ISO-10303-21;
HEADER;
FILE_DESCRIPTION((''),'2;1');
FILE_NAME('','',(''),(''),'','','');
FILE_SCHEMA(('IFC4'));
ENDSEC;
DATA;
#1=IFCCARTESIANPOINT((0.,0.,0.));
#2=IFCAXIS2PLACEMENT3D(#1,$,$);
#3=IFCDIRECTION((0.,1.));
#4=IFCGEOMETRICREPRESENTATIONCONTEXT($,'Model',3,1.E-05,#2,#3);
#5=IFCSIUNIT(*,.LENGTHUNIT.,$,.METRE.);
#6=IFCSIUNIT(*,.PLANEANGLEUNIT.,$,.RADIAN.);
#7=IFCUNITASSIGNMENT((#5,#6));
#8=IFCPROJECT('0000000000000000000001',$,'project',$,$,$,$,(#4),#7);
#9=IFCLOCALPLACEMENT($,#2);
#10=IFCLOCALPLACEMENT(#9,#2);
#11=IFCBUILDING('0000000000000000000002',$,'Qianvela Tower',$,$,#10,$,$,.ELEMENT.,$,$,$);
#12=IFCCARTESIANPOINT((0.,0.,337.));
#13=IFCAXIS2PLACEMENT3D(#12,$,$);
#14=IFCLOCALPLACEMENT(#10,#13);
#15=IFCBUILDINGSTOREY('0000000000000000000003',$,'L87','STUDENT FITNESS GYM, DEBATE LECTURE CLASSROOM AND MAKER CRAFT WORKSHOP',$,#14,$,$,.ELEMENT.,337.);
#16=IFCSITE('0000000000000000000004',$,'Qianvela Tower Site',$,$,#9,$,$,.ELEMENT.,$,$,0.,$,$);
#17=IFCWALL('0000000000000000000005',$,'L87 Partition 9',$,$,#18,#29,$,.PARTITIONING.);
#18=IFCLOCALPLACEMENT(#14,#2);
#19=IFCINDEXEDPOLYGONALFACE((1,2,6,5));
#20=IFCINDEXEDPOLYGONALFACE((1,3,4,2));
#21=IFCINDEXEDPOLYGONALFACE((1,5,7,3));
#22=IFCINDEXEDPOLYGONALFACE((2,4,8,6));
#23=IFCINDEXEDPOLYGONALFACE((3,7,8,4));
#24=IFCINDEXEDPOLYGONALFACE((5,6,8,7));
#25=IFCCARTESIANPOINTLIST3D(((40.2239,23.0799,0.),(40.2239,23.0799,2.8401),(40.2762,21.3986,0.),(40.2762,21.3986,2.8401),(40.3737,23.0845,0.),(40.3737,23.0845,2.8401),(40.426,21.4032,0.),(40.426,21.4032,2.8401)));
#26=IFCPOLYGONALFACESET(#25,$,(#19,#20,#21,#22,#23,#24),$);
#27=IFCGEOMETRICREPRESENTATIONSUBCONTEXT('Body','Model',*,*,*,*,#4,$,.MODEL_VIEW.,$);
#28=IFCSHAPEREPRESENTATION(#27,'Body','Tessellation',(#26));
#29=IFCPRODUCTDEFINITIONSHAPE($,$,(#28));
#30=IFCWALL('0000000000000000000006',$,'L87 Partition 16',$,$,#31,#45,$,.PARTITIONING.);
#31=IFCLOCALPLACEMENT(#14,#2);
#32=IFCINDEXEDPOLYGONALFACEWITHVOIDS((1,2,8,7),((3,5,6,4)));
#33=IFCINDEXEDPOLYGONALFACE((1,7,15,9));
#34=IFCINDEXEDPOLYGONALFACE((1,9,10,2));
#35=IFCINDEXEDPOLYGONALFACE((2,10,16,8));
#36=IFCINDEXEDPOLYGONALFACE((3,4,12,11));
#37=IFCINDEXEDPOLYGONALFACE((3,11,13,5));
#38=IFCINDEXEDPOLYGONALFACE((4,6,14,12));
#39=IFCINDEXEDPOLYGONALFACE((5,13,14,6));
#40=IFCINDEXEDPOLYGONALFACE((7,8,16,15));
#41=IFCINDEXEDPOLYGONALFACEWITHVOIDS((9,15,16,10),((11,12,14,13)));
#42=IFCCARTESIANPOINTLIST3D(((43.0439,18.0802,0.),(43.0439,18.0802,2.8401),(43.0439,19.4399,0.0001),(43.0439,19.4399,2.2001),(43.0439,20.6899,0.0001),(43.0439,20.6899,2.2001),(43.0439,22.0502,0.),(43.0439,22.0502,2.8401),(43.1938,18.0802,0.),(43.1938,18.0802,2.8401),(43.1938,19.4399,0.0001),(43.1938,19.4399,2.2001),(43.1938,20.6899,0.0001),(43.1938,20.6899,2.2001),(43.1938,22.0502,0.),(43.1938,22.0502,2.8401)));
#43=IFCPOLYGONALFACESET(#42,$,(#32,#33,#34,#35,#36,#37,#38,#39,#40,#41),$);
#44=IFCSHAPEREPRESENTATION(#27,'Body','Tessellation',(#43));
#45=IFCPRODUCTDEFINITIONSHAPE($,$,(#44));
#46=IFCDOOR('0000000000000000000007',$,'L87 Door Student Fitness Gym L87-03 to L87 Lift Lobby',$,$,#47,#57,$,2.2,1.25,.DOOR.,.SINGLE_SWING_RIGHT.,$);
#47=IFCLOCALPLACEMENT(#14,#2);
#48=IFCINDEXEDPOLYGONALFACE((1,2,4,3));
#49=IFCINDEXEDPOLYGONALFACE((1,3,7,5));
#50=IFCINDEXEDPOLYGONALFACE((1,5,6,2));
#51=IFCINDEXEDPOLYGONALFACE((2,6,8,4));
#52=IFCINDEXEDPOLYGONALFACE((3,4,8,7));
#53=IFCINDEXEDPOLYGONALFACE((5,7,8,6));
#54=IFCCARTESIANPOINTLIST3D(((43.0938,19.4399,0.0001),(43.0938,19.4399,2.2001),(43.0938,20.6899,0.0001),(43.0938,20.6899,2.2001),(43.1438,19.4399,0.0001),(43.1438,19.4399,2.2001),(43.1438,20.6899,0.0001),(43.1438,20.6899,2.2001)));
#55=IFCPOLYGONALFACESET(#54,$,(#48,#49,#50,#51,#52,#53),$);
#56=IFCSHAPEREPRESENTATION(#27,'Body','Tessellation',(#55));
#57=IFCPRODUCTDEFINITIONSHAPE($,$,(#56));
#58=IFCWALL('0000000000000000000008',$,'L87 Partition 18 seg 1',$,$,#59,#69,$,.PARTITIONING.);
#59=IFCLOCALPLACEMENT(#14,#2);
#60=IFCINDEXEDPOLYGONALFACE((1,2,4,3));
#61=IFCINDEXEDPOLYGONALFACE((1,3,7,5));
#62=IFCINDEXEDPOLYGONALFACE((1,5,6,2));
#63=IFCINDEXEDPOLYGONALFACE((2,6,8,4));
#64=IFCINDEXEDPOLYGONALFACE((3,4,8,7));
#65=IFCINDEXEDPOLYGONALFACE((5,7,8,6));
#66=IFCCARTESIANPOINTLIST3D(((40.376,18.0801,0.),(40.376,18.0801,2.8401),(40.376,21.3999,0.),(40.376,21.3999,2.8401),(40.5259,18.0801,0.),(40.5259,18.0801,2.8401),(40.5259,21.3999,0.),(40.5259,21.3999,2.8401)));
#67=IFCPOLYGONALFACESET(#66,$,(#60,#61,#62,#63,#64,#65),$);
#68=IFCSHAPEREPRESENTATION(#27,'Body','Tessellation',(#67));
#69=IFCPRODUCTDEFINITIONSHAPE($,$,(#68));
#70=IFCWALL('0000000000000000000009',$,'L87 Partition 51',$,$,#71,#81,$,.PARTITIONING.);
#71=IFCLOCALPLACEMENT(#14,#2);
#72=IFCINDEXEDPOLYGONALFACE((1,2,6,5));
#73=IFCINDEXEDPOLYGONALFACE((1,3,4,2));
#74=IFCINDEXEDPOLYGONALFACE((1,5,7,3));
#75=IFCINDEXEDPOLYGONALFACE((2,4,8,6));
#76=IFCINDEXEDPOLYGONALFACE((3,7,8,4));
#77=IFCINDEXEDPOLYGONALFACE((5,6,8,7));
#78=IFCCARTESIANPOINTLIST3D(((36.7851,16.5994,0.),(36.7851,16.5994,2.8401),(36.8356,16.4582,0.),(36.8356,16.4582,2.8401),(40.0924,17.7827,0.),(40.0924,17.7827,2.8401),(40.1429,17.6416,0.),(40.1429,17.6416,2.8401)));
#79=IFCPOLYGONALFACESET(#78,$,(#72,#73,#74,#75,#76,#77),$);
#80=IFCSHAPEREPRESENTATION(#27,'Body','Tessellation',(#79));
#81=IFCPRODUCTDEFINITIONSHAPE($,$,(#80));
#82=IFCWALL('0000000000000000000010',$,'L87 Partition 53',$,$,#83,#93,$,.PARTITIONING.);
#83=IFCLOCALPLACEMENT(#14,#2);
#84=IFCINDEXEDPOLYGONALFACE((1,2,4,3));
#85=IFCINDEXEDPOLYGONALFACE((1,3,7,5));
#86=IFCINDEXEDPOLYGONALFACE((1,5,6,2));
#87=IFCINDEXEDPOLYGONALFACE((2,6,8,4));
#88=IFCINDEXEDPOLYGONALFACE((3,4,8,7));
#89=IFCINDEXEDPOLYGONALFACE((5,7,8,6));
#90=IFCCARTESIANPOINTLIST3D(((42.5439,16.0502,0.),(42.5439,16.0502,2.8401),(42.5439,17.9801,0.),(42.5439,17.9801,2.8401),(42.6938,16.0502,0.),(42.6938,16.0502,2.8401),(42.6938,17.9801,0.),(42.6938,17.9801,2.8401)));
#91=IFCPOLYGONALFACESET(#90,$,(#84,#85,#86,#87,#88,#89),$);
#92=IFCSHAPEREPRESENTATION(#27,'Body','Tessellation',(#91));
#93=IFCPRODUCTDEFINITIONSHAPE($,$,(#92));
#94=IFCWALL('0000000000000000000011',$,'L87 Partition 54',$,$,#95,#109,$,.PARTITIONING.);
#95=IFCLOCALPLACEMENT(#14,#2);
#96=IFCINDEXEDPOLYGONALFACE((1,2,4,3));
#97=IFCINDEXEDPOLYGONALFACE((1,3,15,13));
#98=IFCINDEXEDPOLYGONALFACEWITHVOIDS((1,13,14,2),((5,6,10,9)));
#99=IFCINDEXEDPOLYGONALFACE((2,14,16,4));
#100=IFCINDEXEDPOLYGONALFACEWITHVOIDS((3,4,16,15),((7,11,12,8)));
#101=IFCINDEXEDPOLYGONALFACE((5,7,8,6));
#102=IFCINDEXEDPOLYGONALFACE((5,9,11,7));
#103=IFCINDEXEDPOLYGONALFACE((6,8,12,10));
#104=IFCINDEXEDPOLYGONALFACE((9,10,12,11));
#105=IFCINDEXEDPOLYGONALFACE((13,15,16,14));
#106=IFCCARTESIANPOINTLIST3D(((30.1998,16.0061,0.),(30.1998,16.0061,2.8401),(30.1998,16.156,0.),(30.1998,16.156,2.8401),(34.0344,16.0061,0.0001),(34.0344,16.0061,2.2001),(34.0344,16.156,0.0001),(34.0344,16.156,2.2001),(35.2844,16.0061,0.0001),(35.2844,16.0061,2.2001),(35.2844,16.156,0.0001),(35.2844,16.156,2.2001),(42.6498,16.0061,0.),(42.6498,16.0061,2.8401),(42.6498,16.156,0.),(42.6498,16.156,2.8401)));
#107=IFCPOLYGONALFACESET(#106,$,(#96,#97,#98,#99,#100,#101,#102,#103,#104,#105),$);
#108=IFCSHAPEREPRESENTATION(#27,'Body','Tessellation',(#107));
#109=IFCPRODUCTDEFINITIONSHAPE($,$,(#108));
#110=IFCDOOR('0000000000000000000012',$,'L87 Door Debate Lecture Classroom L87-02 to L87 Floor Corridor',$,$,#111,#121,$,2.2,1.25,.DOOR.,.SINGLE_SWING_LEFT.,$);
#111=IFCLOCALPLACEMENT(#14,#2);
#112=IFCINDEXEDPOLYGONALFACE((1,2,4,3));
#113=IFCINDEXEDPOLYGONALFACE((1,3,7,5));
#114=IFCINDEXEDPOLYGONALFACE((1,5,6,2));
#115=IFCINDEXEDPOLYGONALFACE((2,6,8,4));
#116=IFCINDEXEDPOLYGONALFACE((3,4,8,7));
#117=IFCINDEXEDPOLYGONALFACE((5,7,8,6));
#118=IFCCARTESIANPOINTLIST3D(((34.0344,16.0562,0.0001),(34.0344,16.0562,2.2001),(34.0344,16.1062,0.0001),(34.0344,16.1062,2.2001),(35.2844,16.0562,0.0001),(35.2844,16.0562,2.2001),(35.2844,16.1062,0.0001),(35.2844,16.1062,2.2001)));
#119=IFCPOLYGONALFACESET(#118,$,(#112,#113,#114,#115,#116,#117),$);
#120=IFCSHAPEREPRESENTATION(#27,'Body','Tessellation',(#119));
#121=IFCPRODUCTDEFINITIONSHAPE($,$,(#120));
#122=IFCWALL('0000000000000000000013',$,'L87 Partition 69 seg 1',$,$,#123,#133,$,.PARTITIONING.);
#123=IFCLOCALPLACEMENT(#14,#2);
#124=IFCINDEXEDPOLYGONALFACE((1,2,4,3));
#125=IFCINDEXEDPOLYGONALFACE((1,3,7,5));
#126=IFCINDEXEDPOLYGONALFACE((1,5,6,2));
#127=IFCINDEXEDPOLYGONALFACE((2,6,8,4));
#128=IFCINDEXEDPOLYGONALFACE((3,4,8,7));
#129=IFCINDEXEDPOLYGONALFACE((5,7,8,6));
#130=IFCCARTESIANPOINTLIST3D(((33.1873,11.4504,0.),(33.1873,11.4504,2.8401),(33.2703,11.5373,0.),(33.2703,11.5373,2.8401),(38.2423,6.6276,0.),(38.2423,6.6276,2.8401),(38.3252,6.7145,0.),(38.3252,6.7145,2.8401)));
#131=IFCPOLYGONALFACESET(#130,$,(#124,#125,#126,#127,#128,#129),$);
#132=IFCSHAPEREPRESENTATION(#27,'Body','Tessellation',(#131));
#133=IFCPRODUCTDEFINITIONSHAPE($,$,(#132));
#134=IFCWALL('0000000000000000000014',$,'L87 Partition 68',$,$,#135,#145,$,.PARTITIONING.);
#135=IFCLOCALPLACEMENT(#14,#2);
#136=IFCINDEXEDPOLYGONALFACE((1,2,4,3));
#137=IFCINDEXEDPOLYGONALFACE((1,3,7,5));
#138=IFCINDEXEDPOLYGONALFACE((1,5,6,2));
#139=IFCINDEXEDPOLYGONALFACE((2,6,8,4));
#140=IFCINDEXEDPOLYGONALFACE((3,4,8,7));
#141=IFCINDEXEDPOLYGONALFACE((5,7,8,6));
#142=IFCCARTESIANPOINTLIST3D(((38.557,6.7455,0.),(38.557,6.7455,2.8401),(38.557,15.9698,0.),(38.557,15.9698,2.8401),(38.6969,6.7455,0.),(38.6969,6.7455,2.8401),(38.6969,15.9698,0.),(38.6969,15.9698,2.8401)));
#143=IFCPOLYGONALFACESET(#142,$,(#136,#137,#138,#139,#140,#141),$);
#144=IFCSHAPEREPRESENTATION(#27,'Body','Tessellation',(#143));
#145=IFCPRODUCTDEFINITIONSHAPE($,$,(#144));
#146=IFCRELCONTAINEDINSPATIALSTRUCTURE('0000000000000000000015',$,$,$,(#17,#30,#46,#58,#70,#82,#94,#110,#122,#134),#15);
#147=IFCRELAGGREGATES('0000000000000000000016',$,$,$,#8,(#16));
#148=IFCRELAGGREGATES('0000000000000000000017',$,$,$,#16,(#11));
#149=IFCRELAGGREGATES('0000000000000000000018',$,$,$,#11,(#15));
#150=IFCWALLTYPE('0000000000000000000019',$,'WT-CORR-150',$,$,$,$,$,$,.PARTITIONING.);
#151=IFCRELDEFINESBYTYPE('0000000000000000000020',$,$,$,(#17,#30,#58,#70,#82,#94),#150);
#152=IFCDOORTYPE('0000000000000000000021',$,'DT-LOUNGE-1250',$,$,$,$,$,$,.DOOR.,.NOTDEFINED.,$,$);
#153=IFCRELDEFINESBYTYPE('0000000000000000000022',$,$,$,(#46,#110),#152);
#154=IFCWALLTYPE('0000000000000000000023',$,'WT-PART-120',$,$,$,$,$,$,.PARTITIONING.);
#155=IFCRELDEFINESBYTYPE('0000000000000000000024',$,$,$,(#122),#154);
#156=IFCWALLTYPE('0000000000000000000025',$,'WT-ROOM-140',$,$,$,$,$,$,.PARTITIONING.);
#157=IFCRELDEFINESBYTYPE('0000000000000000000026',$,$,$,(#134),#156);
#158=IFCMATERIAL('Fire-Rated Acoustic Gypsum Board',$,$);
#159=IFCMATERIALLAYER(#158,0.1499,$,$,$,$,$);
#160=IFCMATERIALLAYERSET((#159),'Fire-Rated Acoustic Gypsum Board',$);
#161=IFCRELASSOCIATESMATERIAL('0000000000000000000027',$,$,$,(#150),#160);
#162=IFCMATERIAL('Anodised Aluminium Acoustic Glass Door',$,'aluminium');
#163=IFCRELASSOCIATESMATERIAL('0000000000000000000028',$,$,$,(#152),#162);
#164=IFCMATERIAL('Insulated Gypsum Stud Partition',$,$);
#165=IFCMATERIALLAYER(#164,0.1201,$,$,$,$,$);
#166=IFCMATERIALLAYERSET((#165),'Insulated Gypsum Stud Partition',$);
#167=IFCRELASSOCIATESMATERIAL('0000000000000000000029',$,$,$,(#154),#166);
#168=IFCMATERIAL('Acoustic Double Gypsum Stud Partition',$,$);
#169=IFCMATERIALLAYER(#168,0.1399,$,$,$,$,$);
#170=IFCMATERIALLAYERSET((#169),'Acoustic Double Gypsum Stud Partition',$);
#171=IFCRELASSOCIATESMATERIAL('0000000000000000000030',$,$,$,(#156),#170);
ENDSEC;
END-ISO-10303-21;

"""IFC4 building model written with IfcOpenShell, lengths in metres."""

from ifc_helpers import new_model, si_unit, direction, frame, frame_2d, origin, place, context, subcontext, project, spatial, rectangle, extrude, material, layer, layer_set, type_object, element, fill, save


model = new_model("IFC4")

# Units and contexts
model_context = context("Model", 3, precision=1e-05, world=origin(), true_north=direction((0.0, 1.0)))
body_context = subcontext(model_context, "Body", "Model", "MODEL_VIEW")
ifc_project = project(units=[si_unit("LENGTHUNIT", "METRE"), si_unit("PLANEANGLEUNIT", "RADIAN")], contexts=[model_context])

# Site, building, storey
site_placement = place(None, origin())
site = spatial("IfcSite", under=ifc_project, at=site_placement, Name="Qianvela Tower Site", CompositionType="ELEMENT", RefElevation=0.0)
building_placement = place(site_placement, origin())
building = spatial("IfcBuilding", under=site, at=building_placement, Name="Qianvela Tower", CompositionType="ELEMENT")
storey_placement = place(building_placement, frame((0.0, 0.0, 337.0)))
storey = spatial("IfcBuildingStorey", under=building, at=storey_placement, Name="L87", Description="STUDENT FITNESS GYM, DEBATE LECTURE CLASSROOM AND MAKER CRAFT WORKSHOP", CompositionType="ELEMENT", Elevation=337.0)

# Wall
ifc_material_1 = material(Name="Fire-Rated Acoustic Gypsum Board")
ifc_layer_1 = layer(ifc_material_1, 0.1499)
ifc_layer_set_1 = layer_set([ifc_layer_1], Name="Fire-Rated Acoustic Gypsum Board")
wall_type_1 = type_object("IfcWallType", Name="WT-CORR-150", PredefinedType="PARTITIONING", material=ifc_layer_set_1)
wall_1_placement = place(storey_placement, frame((40.3511, 21.4009, 0.0), z_axis=(0.0, 0.0, 1.0), x_axis=(-0.031058, 0.999518, 0.0)))
element("IfcWall", 1, at=wall_1_placement, inside=storey, type_object=wall_type_1, Name="L87 Partition 9", PredefinedType="PARTITIONING", context=body_context, shape_type="SweptSolid", body=[
    extrude(rectangle(XDim=1.6821, YDim=0.1499, at=frame_2d((0.8411, 0.0))), origin(), (0.0, 0.0, 1.0), 2.8401),
])

# Wall, opening, door
wall_2_placement = place(storey_placement, frame((43.1189, 22.05, 0.0), z_axis=(0.0, 0.0, 1.0), x_axis=(0.0, -1.0, 0.0)))
wall_2 = element("IfcWall", 2, at=wall_2_placement, inside=storey, type_object=wall_type_1, Name="L87 Partition 16", PredefinedType="PARTITIONING", context=body_context, shape_type="SweptSolid", body=[
    extrude(rectangle(XDim=3.97, YDim=0.1499, at=frame_2d((1.9849, 0.0))), origin(), (0.0, 0.0, 1.0), 2.8401),
])
opening_1_placement = place(wall_2_placement, frame((1.3601, 0.0, 0.0)))
opening_1 = element("IfcOpeningElement", 3, at=opening_1_placement, cuts=wall_2, PredefinedType="OPENING", context=body_context, shape_type="SweptSolid", body=[
    extrude(rectangle(XDim=1.25, YDim=2.2, at=frame_2d((0.625, 1.1001))), frame((0.0, 0.085, 0.0), z_axis=(0.0, -1.0, 0.0), x_axis=(1.0, 0.0, 0.0)), (0.0, 0.0, 1.0), 0.1699),
])
ifc_material_2 = material(Name="Anodised Aluminium Acoustic Glass Door", Category="aluminium")
door_type_1 = type_object("IfcDoorType", Name="DT-LOUNGE-1250", OperationType="NOTDEFINED", PredefinedType="DOOR", material=ifc_material_2)
door_1_placement = place(opening_1_placement, origin())
door_1 = element("IfcDoor", 4, at=door_1_placement, inside=storey, type_object=door_type_1, Name="L87 Door Student Fitness Gym L87-03 to L87 Lift Lobby", OperationType="SINGLE_SWING_RIGHT", OverallHeight=2.2, OverallWidth=1.25, PredefinedType="DOOR", context=body_context, shape_type="SweptSolid", body=[
    extrude(rectangle(XDim=1.25, YDim=2.2, at=frame_2d((0.625, 1.1001))), frame((0.0, 0.0249, 0.0), z_axis=(0.0, -1.0, 0.0), x_axis=(1.0, 0.0, 0.0)), (0.0, 0.0, 1.0), 0.05),
])
fill(opening_1, door_1)

# Walls
wall_3_placement = place(storey_placement, frame((40.4509, 18.0801, 0.0), z_axis=(0.0, 0.0, 1.0), x_axis=(0.0, 1.0, 0.0)))
element("IfcWall", 5, at=wall_3_placement, inside=storey, type_object=wall_type_1, Name="L87 Partition 18 seg 1", PredefinedType="PARTITIONING", context=body_context, shape_type="SweptSolid", body=[
    extrude(rectangle(XDim=3.3198, YDim=0.1499, at=frame_2d((1.6599, 0.0))), origin(), (0.0, 0.0, 1.0), 2.8401),
])
wall_4_placement = place(storey_placement, frame((36.8103, 16.5288, 0.0), z_axis=(0.0, 0.0, 1.0), x_axis=(0.941548, 0.336878, 0.0)))
element("IfcWall", 6, at=wall_4_placement, inside=storey, type_object=wall_type_1, Name="L87 Partition 51", PredefinedType="PARTITIONING", context=body_context, shape_type="SweptSolid", body=[
    extrude(rectangle(XDim=3.5127, YDim=0.1499, at=frame_2d((1.7563, 0.0))), origin(), (0.0, 0.0, 1.0), 2.8401),
])
wall_5_placement = place(storey_placement, frame((42.6189, 17.98, 0.0), z_axis=(0.0, 0.0, 1.0), x_axis=(0.0, -1.0, 0.0)))
element("IfcWall", 7, at=wall_5_placement, inside=storey, type_object=wall_type_1, Name="L87 Partition 53", PredefinedType="PARTITIONING", context=body_context, shape_type="SweptSolid", body=[
    extrude(rectangle(XDim=1.9299, YDim=0.1499, at=frame_2d((0.9648, 0.0))), origin(), (0.0, 0.0, 1.0), 2.8401),
])

# Wall, opening, door
wall_6_placement = place(storey_placement, frame((42.6499, 16.0811, 0.0), z_axis=(0.0, 0.0, 1.0), x_axis=(-1.0, 0.0, 0.0)))
wall_6 = element("IfcWall", 8, at=wall_6_placement, inside=storey, type_object=wall_type_1, Name="L87 Partition 54", PredefinedType="PARTITIONING", context=body_context, shape_type="SweptSolid", body=[
    extrude(rectangle(XDim=12.45, YDim=0.1499, at=frame_2d((6.2251, 0.0))), origin(), (0.0, 0.0, 1.0), 2.8401),
])
opening_2_placement = place(wall_6_placement, frame((7.3655, 0.0, 0.0)))
opening_2 = element("IfcOpeningElement", 9, at=opening_2_placement, cuts=wall_6, PredefinedType="OPENING", context=body_context, shape_type="SweptSolid", body=[
    extrude(rectangle(XDim=1.25, YDim=2.2, at=frame_2d((0.625, 1.1001))), frame((0.0, 0.085, 0.0), z_axis=(0.0, -1.0, 0.0), x_axis=(1.0, 0.0, 0.0)), (0.0, 0.0, 1.0), 0.1699),
])
door_2_placement = place(opening_2_placement, origin())
door_2 = element("IfcDoor", 10, at=door_2_placement, inside=storey, type_object=door_type_1, Name="L87 Door Debate Lecture Classroom L87-02 to L87 Floor Corridor", OperationType="SINGLE_SWING_LEFT", OverallHeight=2.2, OverallWidth=1.25, PredefinedType="DOOR", context=body_context, shape_type="SweptSolid", body=[
    extrude(rectangle(XDim=1.25, YDim=2.2, at=frame_2d((0.625, 1.1001))), frame((0.0, 0.0249, 0.0), z_axis=(0.0, -1.0, 0.0), x_axis=(1.0, 0.0, 0.0)), (0.0, 0.0, 1.0), 0.05),
])
fill(opening_2, door_2)

# Walls
ifc_material_3 = material(Name="Insulated Gypsum Stud Partition")
ifc_layer_2 = layer(ifc_material_3, 0.1201)
ifc_layer_set_2 = layer_set([ifc_layer_2], Name="Insulated Gypsum Stud Partition")
wall_type_2 = type_object("IfcWallType", Name="WT-PART-120", PredefinedType="PARTITIONING", material=ifc_layer_set_2)
wall_7_placement = place(storey_placement, frame((38.2837, 6.6711, 0.0), z_axis=(0.0, 0.0, 1.0), x_axis=(-0.723528, 0.690295, 0.0)))
element("IfcWall", 11, at=wall_7_placement, inside=storey, type_object=wall_type_2, Name="L87 Partition 69 seg 1", PredefinedType="PARTITIONING", context=body_context, shape_type="SweptSolid", body=[
    extrude(rectangle(XDim=6.9866, YDim=0.1201, at=frame_2d((3.4932, 0.0))), origin(), (0.0, 0.0, 1.0), 2.8401),
])
ifc_material_4 = material(Name="Acoustic Double Gypsum Stud Partition")
ifc_layer_3 = layer(ifc_material_4, 0.1399)
ifc_layer_set_3 = layer_set([ifc_layer_3], Name="Acoustic Double Gypsum Stud Partition")
wall_type_3 = type_object("IfcWallType", Name="WT-ROOM-140", PredefinedType="PARTITIONING", material=ifc_layer_set_3)
wall_8_placement = place(storey_placement, frame((38.627, 15.97, 0.0), z_axis=(0.0, 0.0, 1.0), x_axis=(0.0, -1.0, 0.0)))
element("IfcWall", 12, at=wall_8_placement, inside=storey, type_object=wall_type_3, Name="L87 Partition 68", PredefinedType="PARTITIONING", context=body_context, shape_type="SweptSolid", body=[
    extrude(rectangle(XDim=9.2244, YDim=0.1399, at=frame_2d((4.6123, 0.0))), origin(), (0.0, 0.0, 1.0), 2.8401),
])

save(model, "model.ifc")
